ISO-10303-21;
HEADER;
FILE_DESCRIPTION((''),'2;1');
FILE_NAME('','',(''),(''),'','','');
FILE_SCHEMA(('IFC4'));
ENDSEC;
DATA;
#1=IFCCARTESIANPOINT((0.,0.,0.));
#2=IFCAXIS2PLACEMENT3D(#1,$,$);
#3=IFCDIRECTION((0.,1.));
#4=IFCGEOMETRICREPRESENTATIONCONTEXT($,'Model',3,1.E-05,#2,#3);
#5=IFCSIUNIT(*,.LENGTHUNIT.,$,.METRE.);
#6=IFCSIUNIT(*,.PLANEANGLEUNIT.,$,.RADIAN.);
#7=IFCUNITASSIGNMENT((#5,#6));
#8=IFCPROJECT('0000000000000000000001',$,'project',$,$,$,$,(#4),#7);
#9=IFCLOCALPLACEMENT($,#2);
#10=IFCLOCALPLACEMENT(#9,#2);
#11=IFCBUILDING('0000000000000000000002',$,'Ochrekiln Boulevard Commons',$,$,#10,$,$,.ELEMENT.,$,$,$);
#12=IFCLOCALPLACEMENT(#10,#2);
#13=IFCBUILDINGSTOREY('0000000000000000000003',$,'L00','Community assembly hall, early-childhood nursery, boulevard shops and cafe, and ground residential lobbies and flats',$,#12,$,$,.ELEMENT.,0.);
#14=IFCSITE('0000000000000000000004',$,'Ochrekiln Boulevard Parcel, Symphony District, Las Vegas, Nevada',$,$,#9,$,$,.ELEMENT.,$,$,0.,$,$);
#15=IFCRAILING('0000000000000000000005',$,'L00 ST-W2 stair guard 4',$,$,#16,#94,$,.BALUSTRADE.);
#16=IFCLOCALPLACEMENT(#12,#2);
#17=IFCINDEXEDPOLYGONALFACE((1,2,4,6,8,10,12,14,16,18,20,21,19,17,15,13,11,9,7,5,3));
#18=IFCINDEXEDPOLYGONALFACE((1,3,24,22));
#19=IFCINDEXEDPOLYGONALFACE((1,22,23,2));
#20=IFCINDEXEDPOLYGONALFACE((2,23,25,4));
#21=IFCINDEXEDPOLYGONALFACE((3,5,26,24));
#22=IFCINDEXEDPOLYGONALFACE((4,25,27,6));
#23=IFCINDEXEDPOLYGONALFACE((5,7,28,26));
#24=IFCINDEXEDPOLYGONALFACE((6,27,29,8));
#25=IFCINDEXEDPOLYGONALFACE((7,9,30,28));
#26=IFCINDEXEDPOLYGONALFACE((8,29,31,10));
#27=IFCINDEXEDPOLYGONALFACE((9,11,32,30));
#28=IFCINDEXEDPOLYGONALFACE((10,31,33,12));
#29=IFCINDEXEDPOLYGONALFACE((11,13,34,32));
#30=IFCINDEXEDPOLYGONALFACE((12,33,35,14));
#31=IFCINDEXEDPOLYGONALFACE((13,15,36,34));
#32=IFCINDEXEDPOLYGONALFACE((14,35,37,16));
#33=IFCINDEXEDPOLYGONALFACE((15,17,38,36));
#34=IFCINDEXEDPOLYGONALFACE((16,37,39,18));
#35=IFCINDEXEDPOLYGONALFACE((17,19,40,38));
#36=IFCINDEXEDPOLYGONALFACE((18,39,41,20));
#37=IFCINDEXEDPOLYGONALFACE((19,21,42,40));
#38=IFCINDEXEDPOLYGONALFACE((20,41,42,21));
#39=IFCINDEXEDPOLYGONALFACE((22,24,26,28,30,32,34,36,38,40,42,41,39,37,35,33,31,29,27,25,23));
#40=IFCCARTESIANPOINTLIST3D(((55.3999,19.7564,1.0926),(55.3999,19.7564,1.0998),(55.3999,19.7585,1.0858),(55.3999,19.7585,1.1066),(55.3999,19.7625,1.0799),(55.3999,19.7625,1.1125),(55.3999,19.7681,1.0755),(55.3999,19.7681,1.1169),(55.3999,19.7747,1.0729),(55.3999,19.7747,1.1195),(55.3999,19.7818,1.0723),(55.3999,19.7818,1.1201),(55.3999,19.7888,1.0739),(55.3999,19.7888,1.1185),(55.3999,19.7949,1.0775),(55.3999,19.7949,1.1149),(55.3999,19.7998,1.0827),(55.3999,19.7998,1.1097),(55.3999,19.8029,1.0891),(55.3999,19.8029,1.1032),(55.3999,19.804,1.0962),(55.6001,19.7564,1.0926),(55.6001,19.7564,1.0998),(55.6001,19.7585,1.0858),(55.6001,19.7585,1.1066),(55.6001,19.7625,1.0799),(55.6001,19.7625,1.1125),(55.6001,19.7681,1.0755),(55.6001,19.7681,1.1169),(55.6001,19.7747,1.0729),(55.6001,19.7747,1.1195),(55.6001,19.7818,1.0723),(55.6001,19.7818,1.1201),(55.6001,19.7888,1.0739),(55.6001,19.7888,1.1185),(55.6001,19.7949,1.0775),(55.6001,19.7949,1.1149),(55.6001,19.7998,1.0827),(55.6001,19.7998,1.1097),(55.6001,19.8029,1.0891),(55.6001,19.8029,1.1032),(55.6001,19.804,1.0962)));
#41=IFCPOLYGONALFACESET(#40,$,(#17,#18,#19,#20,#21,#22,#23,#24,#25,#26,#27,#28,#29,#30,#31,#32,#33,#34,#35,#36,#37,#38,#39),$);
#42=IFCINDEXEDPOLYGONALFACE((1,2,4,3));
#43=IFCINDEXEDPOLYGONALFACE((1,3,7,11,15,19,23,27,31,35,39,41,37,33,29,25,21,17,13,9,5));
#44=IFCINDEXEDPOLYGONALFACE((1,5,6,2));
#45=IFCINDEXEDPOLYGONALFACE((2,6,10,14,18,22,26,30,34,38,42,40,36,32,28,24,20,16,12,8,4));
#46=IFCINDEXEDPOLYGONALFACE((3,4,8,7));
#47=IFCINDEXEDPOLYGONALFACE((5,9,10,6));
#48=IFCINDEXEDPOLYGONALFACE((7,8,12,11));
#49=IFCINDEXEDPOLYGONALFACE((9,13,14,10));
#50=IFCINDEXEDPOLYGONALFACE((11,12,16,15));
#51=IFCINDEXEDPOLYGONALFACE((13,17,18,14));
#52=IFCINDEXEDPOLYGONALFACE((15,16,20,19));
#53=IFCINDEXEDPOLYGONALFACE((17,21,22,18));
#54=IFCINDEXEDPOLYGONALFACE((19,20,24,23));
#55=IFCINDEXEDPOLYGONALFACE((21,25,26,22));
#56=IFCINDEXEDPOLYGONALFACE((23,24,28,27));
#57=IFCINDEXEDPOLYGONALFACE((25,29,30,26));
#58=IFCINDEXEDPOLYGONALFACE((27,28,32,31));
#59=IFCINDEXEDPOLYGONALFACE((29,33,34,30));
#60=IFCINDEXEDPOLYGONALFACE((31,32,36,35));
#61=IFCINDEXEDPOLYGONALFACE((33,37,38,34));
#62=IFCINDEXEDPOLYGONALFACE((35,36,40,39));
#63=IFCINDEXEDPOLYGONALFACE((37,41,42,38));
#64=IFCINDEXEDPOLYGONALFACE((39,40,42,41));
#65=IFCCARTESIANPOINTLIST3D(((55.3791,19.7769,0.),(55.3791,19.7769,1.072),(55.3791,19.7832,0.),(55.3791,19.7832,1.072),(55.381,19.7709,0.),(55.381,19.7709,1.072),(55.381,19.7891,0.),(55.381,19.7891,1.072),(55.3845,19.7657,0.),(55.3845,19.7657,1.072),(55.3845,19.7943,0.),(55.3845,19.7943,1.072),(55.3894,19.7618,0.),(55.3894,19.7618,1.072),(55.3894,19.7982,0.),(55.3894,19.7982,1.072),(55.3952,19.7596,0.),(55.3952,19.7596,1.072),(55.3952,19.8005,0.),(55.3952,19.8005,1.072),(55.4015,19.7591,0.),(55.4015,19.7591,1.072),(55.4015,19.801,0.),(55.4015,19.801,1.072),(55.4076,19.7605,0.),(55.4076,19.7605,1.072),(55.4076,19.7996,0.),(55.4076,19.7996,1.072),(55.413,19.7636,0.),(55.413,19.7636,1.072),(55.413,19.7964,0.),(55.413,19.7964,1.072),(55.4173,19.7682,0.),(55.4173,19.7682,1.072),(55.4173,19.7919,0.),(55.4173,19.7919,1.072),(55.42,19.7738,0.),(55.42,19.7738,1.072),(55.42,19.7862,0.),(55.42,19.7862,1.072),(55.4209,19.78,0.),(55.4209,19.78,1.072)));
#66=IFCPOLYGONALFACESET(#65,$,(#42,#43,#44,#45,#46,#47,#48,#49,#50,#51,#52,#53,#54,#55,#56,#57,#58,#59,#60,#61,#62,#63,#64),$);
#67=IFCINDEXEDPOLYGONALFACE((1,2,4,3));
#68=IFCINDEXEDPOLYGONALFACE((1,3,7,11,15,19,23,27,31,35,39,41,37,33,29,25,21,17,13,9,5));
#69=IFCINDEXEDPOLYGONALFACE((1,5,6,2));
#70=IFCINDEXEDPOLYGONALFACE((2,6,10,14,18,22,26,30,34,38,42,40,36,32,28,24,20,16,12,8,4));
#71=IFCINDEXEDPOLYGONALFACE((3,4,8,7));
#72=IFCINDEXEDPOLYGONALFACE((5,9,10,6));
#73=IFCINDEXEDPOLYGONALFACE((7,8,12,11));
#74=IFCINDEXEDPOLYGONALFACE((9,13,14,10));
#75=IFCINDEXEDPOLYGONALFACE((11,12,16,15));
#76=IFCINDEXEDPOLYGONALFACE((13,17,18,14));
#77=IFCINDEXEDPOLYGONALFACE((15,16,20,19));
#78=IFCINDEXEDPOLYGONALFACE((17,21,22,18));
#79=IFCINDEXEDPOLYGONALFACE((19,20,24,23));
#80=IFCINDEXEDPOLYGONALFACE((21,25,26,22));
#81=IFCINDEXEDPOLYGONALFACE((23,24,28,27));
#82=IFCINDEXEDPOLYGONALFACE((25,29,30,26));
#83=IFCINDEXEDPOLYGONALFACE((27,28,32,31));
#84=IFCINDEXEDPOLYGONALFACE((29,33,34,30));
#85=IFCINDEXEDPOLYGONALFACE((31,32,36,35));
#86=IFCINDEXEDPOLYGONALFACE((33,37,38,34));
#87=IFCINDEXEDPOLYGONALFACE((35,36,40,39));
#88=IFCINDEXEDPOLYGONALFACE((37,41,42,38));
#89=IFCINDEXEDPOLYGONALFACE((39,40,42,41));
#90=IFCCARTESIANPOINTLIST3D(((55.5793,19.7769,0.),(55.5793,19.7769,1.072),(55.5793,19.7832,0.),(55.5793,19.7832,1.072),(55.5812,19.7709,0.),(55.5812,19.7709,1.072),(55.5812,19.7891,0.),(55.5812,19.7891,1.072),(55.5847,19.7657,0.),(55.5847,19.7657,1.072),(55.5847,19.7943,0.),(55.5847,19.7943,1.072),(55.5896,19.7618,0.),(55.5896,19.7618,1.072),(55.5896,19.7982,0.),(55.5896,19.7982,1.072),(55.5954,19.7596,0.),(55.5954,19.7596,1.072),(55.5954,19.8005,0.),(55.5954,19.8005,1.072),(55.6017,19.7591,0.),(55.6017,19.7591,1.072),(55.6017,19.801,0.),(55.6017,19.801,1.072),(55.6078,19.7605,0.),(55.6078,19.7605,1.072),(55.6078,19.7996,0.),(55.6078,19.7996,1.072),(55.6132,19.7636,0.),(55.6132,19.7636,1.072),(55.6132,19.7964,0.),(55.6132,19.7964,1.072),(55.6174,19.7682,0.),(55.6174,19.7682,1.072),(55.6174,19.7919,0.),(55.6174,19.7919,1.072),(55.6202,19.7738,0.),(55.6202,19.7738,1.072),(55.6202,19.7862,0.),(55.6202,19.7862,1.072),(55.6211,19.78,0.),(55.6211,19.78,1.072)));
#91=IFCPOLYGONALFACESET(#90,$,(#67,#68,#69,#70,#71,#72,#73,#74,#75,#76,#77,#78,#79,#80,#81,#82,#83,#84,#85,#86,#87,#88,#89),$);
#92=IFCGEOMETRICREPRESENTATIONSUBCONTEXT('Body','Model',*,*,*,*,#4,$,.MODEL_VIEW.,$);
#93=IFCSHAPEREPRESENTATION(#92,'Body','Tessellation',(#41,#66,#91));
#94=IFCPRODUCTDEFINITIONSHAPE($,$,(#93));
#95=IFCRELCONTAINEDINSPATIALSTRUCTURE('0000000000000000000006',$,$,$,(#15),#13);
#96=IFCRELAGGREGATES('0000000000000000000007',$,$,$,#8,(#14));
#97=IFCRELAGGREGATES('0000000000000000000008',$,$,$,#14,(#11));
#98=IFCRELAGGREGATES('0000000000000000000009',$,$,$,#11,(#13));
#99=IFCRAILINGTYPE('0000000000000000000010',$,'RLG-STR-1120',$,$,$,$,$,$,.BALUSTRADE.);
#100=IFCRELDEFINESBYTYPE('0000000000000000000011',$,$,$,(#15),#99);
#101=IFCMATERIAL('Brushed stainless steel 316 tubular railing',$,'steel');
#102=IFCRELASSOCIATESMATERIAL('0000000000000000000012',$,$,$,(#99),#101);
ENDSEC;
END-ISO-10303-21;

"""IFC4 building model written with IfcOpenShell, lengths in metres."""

from ifc_helpers import new_model, si_unit, direction, frame, origin, origin_2d, place, context, subcontext, project, spatial, circle, extrude, material, type_object, element, save


model = new_model("IFC4")

# Units and contexts
model_context = context("Model", 3, precision=1e-05, world=origin(), true_north=direction((0.0, 1.0)))
body_context = subcontext(model_context, "Body", "Model", "MODEL_VIEW")
ifc_project = project(units=[si_unit("LENGTHUNIT", "METRE"), si_unit("PLANEANGLEUNIT", "RADIAN")], contexts=[model_context])

# Site, building, storey
site_placement = place(None, origin())
site = spatial("IfcSite", under=ifc_project, at=site_placement, Name="Ochrekiln Boulevard Parcel, Symphony District, Las Vegas, Nevada", CompositionType="ELEMENT", RefElevation=0.0)
building_placement = place(site_placement, origin())
building = spatial("IfcBuilding", under=site, at=building_placement, Name="Ochrekiln Boulevard Commons", CompositionType="ELEMENT")
storey_placement = place(building_placement, origin())
storey = spatial("IfcBuildingStorey", under=building, at=storey_placement, Name="L00", Description="Community assembly hall, early-childhood nursery, boulevard shops and cafe, and ground residential lobbies and flats", CompositionType="ELEMENT", Elevation=0.0)

# Railing
ifc_material_1 = material(Name="Brushed stainless steel 316 tubular railing", Category="steel")
railing_type_1 = type_object("IfcRailingType", Name="RLG-STR-1120", PredefinedType="BALUSTRADE", material=ifc_material_1)
railing_1_placement = place(storey_placement, frame((55.3999, 19.78, 0.0)))
element("IfcRailing", 1, at=railing_1_placement, inside=storey, type_object=railing_type_1, Name="L00 ST-W2 stair guard 4", PredefinedType="BALUSTRADE", context=body_context, shape_type="SweptSolid", body=[
    extrude(circle(Radius=0.0239, at=origin_2d()), frame((0.0, 0.0, 1.0962), z_axis=(1.0, 0.0, 0.0), x_axis=(0.0, 1.0, 0.0)), (0.0, 0.0, 1.0), 0.2002),
    extrude(circle(Radius=0.021, at=origin_2d()), origin(), (0.0, 0.0, 1.0), 1.072),
    extrude(circle(Radius=0.021, at=origin_2d()), frame((0.2002, 0.0, 0.0)), (0.0, 0.0, 1.0), 1.072),
])

save(model, "model.ifc")
